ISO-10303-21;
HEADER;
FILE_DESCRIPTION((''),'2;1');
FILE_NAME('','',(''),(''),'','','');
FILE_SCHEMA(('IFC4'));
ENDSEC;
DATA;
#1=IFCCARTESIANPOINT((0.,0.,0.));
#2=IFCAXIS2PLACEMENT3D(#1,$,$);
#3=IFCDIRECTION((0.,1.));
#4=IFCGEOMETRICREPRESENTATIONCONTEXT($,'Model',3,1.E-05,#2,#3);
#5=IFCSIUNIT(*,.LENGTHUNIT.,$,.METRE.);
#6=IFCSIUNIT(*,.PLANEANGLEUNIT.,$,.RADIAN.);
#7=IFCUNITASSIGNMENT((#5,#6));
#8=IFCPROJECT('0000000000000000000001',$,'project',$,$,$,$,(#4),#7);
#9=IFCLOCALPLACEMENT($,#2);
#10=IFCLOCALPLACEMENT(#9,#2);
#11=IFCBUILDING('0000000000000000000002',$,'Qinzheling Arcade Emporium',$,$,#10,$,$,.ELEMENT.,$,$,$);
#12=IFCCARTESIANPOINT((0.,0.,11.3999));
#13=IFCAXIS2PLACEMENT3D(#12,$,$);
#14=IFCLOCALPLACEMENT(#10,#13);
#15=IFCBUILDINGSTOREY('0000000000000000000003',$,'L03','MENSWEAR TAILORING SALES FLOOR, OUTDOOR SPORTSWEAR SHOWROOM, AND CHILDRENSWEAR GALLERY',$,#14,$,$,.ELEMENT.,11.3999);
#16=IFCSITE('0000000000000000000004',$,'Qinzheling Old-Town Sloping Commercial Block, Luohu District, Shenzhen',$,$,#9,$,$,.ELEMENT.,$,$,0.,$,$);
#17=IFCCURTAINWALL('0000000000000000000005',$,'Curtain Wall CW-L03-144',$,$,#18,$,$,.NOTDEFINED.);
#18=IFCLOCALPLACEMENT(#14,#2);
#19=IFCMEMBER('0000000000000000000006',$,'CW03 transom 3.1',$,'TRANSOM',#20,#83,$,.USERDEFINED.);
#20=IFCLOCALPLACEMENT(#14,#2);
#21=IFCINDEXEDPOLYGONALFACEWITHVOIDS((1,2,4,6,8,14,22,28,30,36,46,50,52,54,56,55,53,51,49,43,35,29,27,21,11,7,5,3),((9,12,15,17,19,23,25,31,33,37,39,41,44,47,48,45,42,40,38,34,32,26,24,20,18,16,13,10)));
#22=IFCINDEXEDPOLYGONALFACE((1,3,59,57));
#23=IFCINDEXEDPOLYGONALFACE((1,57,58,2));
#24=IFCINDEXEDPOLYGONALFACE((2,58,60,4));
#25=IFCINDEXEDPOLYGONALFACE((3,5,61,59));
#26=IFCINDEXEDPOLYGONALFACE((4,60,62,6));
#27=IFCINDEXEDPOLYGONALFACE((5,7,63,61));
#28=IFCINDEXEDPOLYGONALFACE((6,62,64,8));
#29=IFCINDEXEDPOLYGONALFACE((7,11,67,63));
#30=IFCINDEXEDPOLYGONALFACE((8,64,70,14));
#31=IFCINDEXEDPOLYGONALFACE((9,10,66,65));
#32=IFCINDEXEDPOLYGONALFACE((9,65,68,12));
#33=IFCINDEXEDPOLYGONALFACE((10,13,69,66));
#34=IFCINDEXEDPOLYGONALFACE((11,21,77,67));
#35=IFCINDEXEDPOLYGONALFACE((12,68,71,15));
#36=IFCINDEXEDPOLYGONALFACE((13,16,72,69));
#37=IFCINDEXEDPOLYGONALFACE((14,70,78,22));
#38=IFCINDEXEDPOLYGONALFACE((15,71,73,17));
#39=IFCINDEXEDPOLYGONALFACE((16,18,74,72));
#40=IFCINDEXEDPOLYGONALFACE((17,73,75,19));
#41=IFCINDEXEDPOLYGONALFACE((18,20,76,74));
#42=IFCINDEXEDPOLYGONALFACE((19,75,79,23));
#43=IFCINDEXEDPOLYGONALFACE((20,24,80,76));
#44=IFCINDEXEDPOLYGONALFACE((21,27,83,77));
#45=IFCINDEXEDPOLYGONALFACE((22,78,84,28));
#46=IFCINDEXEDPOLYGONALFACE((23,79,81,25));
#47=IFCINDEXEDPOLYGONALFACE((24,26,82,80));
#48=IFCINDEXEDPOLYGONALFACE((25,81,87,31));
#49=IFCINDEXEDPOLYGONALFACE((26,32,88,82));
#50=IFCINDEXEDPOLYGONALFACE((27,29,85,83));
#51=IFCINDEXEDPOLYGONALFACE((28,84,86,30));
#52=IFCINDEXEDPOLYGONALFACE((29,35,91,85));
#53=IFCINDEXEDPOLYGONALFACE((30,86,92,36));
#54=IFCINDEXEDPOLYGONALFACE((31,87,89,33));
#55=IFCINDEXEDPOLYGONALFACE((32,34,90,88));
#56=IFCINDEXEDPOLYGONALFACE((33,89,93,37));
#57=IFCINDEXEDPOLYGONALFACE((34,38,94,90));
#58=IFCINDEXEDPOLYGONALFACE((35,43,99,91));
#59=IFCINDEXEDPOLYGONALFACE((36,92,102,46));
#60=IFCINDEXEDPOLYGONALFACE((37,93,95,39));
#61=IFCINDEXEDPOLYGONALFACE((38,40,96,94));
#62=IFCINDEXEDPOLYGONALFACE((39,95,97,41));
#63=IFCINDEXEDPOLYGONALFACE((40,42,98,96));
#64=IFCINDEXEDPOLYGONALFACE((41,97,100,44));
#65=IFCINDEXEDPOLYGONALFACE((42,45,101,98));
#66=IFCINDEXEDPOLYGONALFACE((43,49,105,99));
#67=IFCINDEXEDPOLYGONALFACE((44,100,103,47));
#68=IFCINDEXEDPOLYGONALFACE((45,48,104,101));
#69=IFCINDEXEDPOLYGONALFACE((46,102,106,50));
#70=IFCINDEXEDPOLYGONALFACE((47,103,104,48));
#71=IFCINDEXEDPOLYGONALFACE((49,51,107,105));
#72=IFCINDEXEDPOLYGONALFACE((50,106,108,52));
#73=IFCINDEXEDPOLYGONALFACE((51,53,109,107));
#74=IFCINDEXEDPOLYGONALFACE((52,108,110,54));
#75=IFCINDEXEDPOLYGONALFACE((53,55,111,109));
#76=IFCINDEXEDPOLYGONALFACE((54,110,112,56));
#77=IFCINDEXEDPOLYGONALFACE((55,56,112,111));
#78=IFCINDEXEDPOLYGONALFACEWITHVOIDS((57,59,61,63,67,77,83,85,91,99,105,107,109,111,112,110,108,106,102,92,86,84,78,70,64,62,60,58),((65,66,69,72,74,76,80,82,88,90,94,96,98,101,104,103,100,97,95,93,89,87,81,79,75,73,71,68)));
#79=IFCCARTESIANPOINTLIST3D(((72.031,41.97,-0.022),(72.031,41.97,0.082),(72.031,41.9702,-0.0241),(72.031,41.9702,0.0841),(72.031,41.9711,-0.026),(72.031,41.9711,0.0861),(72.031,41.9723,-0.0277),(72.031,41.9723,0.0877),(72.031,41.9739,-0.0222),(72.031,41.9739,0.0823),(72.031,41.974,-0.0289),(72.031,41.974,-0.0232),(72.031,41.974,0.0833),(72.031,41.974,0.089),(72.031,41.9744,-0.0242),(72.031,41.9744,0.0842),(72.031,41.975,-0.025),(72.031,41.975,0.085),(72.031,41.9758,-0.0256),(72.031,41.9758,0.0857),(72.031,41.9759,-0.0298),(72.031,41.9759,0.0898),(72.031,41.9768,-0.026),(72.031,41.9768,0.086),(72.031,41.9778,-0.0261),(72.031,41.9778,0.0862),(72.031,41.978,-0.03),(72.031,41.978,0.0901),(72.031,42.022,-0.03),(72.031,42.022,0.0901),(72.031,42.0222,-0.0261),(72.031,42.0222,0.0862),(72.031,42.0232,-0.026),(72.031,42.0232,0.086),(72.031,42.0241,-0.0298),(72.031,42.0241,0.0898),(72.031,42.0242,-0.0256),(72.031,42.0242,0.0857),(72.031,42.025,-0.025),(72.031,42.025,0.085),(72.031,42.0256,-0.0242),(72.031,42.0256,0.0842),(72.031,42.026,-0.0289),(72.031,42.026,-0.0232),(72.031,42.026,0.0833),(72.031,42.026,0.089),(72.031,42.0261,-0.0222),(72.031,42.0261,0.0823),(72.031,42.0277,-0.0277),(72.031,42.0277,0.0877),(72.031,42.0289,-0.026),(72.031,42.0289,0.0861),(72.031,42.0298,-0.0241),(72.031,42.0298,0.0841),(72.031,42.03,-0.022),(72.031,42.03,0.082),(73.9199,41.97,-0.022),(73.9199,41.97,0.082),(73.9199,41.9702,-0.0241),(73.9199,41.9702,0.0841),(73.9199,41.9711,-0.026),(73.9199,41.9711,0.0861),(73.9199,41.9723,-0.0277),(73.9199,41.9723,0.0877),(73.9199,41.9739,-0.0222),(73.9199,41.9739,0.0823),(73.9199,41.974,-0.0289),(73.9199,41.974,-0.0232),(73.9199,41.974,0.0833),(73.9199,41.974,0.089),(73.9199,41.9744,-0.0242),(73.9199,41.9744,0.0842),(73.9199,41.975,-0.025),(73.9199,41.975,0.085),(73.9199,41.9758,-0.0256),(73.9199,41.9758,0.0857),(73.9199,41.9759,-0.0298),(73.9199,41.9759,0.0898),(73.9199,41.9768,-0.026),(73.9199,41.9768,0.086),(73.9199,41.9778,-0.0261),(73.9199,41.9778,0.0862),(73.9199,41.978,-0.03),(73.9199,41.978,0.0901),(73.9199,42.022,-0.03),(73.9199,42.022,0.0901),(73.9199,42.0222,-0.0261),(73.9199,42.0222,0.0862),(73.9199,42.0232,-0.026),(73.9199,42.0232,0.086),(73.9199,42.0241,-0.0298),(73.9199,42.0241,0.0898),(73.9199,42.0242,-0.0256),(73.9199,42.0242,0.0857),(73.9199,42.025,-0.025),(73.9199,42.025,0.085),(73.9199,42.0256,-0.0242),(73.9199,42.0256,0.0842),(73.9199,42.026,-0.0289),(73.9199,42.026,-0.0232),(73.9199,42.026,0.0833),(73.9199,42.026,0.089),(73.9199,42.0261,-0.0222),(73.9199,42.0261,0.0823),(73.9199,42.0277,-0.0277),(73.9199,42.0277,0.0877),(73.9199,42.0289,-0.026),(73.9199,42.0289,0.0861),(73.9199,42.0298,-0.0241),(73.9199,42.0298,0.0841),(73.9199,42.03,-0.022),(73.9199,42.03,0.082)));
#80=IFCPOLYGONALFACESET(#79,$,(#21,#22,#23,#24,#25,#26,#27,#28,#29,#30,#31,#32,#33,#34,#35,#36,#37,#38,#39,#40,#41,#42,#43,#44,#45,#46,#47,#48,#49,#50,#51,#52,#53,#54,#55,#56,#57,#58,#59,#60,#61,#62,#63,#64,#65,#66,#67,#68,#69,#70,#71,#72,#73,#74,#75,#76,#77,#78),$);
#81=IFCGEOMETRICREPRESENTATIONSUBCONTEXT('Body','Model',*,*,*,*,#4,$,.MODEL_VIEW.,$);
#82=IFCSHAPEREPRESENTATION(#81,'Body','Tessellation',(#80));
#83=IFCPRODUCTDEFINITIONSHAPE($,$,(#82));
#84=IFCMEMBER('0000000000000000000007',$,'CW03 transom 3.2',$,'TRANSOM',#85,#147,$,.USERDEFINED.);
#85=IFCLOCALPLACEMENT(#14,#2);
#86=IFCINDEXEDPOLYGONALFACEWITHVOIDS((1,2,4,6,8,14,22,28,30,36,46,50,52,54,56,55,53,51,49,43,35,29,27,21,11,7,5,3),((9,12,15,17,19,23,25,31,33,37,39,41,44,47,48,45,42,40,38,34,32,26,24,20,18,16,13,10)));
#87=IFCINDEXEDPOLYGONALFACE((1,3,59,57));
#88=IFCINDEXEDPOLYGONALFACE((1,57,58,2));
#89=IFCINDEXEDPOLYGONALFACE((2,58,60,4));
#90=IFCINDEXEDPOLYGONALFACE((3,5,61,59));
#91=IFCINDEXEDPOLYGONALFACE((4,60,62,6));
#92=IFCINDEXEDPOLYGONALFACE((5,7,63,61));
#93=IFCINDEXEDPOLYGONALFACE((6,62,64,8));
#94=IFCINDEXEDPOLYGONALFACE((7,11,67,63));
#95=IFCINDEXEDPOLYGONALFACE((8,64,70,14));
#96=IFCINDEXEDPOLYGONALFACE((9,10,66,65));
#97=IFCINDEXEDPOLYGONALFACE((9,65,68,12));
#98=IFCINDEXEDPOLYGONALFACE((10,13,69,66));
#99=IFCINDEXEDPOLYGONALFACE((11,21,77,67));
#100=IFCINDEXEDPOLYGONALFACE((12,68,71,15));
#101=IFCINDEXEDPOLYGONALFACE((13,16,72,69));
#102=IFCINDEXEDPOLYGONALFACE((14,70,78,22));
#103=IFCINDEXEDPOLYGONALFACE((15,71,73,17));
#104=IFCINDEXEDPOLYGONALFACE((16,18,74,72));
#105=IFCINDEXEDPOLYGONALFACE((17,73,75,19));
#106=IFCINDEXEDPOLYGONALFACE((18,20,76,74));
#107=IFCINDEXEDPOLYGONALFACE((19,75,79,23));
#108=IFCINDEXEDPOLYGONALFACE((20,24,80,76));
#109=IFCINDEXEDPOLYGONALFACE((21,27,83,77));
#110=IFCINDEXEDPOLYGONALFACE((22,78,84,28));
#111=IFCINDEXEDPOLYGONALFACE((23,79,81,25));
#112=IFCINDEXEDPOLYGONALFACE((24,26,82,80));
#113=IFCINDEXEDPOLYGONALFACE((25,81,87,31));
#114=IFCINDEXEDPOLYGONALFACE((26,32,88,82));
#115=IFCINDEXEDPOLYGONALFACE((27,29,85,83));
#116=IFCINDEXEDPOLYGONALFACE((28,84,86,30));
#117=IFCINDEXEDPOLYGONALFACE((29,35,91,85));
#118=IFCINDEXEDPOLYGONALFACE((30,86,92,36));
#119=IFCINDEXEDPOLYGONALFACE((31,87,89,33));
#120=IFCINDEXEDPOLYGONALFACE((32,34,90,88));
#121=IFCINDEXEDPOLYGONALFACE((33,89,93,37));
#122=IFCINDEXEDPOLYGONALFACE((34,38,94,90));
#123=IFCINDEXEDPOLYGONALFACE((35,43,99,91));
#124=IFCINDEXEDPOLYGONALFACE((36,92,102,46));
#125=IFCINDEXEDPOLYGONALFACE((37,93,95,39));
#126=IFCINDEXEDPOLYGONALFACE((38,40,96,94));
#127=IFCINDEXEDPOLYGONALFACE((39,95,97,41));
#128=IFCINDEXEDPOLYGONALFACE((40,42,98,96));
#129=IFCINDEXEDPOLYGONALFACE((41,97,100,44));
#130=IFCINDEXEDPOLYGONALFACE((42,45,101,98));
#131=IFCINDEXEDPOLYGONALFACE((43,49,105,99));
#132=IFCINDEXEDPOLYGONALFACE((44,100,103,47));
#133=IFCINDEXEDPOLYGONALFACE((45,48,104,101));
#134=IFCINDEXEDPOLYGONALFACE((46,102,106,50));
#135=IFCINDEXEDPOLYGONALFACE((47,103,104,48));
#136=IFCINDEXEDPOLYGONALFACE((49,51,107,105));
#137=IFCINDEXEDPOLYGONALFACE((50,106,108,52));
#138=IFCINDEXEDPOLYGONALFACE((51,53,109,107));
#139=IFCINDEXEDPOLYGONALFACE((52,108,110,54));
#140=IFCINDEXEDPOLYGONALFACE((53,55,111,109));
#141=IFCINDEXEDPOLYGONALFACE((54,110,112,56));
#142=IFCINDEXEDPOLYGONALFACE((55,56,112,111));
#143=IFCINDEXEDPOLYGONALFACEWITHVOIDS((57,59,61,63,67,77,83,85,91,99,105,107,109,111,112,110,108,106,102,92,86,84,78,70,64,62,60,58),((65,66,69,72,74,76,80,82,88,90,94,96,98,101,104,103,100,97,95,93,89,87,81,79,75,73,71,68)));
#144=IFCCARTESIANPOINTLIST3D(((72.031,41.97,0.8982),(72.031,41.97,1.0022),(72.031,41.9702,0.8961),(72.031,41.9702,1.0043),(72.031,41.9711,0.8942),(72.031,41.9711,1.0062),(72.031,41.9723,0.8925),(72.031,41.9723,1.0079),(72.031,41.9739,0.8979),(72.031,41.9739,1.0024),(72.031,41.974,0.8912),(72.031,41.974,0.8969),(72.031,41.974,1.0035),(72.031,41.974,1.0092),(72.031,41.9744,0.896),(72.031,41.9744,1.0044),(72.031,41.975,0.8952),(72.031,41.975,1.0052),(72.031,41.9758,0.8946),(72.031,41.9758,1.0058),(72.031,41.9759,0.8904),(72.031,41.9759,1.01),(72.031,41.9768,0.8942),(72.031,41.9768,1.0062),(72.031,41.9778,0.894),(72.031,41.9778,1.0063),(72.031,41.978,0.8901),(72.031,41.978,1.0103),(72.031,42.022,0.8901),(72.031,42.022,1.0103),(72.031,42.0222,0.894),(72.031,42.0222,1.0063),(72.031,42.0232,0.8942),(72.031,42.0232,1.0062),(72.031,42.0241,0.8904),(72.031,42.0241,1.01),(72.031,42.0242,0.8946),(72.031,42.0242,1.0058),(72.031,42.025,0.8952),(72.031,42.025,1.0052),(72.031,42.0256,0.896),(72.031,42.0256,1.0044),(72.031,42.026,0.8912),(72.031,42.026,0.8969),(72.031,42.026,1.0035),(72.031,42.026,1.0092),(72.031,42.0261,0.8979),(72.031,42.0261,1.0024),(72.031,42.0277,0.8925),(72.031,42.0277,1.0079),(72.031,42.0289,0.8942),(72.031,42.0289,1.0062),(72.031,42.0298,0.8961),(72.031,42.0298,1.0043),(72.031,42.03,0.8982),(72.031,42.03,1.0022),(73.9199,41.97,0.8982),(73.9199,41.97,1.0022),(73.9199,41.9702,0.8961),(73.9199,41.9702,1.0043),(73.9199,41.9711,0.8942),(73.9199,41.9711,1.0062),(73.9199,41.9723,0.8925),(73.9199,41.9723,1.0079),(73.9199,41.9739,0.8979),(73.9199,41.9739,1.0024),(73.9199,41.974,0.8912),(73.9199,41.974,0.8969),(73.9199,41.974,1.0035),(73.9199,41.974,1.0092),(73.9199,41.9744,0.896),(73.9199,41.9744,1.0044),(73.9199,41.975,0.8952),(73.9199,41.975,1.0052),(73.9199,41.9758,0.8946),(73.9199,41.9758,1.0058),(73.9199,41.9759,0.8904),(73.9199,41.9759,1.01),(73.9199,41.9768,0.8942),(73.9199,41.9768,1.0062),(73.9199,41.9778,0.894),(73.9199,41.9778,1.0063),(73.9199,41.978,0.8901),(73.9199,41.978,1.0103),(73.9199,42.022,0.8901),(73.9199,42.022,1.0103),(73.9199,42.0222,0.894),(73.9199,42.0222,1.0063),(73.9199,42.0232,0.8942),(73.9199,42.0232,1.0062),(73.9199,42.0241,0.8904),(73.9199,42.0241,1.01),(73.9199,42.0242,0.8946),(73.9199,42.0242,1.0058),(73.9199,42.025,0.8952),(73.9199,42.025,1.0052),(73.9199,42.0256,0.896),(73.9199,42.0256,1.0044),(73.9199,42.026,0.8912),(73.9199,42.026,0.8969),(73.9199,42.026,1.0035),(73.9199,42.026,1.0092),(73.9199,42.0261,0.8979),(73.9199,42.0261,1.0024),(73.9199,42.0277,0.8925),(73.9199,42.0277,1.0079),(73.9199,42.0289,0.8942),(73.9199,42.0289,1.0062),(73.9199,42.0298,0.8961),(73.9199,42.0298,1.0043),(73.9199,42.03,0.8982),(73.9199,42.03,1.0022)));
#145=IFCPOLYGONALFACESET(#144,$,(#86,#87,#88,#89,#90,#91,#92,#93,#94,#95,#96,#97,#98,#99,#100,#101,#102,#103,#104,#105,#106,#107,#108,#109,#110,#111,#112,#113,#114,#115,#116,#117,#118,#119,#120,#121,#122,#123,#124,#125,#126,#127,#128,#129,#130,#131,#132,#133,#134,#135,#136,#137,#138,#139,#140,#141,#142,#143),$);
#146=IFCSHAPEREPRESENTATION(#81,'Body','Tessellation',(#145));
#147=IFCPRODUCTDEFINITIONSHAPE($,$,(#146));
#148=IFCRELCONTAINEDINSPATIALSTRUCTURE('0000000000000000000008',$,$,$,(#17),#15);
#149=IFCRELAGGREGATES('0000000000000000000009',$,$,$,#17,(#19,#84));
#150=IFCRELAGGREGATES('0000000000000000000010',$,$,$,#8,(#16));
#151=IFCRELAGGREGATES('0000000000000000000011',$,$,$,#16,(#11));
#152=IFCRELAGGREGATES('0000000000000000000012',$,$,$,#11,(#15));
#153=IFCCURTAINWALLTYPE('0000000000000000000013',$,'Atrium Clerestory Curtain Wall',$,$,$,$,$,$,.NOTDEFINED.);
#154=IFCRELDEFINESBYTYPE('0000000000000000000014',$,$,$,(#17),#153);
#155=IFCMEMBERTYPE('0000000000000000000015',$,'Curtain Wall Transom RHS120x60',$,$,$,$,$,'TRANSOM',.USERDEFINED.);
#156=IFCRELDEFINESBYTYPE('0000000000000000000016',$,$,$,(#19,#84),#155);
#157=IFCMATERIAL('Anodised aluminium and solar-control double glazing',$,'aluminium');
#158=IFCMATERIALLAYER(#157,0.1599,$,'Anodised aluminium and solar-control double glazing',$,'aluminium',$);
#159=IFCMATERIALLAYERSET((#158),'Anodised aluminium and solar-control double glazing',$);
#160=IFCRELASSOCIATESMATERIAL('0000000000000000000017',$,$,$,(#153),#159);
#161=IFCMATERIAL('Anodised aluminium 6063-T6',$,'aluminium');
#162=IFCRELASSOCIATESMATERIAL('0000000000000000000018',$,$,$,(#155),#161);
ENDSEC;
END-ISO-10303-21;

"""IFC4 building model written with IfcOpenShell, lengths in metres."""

from ifc_helpers import new_model, si_unit, direction, frame, origin, origin_2d, place, context, subcontext, project, spatial, hollow_rectangle, extrude, material, layer, layer_set, material_profile, profile_set, type_object, element, aggregate, save


model = new_model("IFC4")

# Units and contexts
model_context = context("Model", 3, precision=1e-05, world=origin(), true_north=direction((0.0, 1.0)))
body_context = subcontext(model_context, "Body", "Model", "MODEL_VIEW")
ifc_project = project(units=[si_unit("LENGTHUNIT", "METRE"), si_unit("PLANEANGLEUNIT", "RADIAN")], contexts=[model_context])

# Site, building, storey
site_placement = place(None, origin())
site = spatial("IfcSite", under=ifc_project, at=site_placement, Name="Qinzheling Old-Town Sloping Commercial Block, Luohu District, Shenzhen", CompositionType="ELEMENT", RefElevation=0.0)
building_placement = place(site_placement, origin())
building = spatial("IfcBuilding", under=site, at=building_placement, Name="Qinzheling Arcade Emporium", CompositionType="ELEMENT")
storey_placement = place(building_placement, frame((0.0, 0.0, 11.3999)))
storey = spatial("IfcBuildingStorey", under=building, at=storey_placement, Name="L03", Description="MENSWEAR TAILORING SALES FLOOR, OUTDOOR SPORTSWEAR SHOWROOM, AND CHILDRENSWEAR GALLERY", CompositionType="ELEMENT", Elevation=11.3999)

# Curtain wall, members
ifc_material_1 = material(Name="Anodised aluminium and solar-control double glazing", Category="aluminium")
ifc_layer_1 = layer(ifc_material_1, 0.1599, Name="Anodised aluminium and solar-control double glazing", Category="aluminium")
ifc_layer_set_1 = layer_set([ifc_layer_1], Name="Anodised aluminium and solar-control double glazing")
curtain_wall_type = type_object("IfcCurtainWallType", Name="Atrium Clerestory Curtain Wall", PredefinedType="NOTDEFINED", material=ifc_layer_set_1)
curtain_wall_placement = place(storey_placement, origin())
curtain_wall = element("IfcCurtainWall", 1, at=curtain_wall_placement, inside=storey, type_object=curtain_wall_type, Name="Curtain Wall CW-L03-144", PredefinedType="NOTDEFINED")
ifc_material_2 = material(Name="Anodised aluminium 6063-T6", Category="aluminium")
ifc_material_profile_1 = material_profile(ifc_material_2, hollow_rectangle(XDim=0.0601, YDim=0.1201, WallThickness=0.0039, InnerFilletRadius=0.0039, OuterFilletRadius=0.0081, at=origin_2d()), Name="RHS 120x60x4", Category="aluminium")
ifc_profile_set_1 = profile_set([ifc_material_profile_1], Name="Anodised aluminium 6063-T6")
member_type_1 = type_object("IfcMemberType", Name="Curtain Wall Transom RHS120x60", ElementType="TRANSOM", PredefinedType="USERDEFINED", material=ifc_profile_set_1)
member_1_placement = place(storey_placement, frame((73.9199, 42.0, 0.03), z_axis=(-1.0, 0.0, 0.0), x_axis=(0.0, -1.0, 0.0)))
member_1 = element("IfcMember", 2, at=member_1_placement, type_object=member_type_1, Name="CW03 transom 3.1", ObjectType="TRANSOM", PredefinedType="USERDEFINED", context=body_context, shape_type="SweptSolid", body=[
    extrude(hollow_rectangle(XDim=0.0601, YDim=0.1201, WallThickness=0.0039, InnerFilletRadius=0.0039, OuterFilletRadius=0.0081, at=origin_2d()), origin(), (0.0, 0.0, 1.0), 1.8889),
])
member_2_placement = place(storey_placement, frame((73.9199, 42.0, 0.9502), z_axis=(-1.0, 0.0, 0.0), x_axis=(0.0, -1.0, 0.0)))
member_2 = element("IfcMember", 3, at=member_2_placement, type_object=member_type_1, Name="CW03 transom 3.2", ObjectType="TRANSOM", PredefinedType="USERDEFINED", context=body_context, shape_type="SweptSolid", body=[
    extrude(hollow_rectangle(XDim=0.0601, YDim=0.1201, WallThickness=0.0039, InnerFilletRadius=0.0039, OuterFilletRadius=0.0081, at=origin_2d()), origin(), (0.0, 0.0, 1.0), 1.8889),
])
aggregate(curtain_wall, [member_1, member_2])

save(model, "model.ifc")
